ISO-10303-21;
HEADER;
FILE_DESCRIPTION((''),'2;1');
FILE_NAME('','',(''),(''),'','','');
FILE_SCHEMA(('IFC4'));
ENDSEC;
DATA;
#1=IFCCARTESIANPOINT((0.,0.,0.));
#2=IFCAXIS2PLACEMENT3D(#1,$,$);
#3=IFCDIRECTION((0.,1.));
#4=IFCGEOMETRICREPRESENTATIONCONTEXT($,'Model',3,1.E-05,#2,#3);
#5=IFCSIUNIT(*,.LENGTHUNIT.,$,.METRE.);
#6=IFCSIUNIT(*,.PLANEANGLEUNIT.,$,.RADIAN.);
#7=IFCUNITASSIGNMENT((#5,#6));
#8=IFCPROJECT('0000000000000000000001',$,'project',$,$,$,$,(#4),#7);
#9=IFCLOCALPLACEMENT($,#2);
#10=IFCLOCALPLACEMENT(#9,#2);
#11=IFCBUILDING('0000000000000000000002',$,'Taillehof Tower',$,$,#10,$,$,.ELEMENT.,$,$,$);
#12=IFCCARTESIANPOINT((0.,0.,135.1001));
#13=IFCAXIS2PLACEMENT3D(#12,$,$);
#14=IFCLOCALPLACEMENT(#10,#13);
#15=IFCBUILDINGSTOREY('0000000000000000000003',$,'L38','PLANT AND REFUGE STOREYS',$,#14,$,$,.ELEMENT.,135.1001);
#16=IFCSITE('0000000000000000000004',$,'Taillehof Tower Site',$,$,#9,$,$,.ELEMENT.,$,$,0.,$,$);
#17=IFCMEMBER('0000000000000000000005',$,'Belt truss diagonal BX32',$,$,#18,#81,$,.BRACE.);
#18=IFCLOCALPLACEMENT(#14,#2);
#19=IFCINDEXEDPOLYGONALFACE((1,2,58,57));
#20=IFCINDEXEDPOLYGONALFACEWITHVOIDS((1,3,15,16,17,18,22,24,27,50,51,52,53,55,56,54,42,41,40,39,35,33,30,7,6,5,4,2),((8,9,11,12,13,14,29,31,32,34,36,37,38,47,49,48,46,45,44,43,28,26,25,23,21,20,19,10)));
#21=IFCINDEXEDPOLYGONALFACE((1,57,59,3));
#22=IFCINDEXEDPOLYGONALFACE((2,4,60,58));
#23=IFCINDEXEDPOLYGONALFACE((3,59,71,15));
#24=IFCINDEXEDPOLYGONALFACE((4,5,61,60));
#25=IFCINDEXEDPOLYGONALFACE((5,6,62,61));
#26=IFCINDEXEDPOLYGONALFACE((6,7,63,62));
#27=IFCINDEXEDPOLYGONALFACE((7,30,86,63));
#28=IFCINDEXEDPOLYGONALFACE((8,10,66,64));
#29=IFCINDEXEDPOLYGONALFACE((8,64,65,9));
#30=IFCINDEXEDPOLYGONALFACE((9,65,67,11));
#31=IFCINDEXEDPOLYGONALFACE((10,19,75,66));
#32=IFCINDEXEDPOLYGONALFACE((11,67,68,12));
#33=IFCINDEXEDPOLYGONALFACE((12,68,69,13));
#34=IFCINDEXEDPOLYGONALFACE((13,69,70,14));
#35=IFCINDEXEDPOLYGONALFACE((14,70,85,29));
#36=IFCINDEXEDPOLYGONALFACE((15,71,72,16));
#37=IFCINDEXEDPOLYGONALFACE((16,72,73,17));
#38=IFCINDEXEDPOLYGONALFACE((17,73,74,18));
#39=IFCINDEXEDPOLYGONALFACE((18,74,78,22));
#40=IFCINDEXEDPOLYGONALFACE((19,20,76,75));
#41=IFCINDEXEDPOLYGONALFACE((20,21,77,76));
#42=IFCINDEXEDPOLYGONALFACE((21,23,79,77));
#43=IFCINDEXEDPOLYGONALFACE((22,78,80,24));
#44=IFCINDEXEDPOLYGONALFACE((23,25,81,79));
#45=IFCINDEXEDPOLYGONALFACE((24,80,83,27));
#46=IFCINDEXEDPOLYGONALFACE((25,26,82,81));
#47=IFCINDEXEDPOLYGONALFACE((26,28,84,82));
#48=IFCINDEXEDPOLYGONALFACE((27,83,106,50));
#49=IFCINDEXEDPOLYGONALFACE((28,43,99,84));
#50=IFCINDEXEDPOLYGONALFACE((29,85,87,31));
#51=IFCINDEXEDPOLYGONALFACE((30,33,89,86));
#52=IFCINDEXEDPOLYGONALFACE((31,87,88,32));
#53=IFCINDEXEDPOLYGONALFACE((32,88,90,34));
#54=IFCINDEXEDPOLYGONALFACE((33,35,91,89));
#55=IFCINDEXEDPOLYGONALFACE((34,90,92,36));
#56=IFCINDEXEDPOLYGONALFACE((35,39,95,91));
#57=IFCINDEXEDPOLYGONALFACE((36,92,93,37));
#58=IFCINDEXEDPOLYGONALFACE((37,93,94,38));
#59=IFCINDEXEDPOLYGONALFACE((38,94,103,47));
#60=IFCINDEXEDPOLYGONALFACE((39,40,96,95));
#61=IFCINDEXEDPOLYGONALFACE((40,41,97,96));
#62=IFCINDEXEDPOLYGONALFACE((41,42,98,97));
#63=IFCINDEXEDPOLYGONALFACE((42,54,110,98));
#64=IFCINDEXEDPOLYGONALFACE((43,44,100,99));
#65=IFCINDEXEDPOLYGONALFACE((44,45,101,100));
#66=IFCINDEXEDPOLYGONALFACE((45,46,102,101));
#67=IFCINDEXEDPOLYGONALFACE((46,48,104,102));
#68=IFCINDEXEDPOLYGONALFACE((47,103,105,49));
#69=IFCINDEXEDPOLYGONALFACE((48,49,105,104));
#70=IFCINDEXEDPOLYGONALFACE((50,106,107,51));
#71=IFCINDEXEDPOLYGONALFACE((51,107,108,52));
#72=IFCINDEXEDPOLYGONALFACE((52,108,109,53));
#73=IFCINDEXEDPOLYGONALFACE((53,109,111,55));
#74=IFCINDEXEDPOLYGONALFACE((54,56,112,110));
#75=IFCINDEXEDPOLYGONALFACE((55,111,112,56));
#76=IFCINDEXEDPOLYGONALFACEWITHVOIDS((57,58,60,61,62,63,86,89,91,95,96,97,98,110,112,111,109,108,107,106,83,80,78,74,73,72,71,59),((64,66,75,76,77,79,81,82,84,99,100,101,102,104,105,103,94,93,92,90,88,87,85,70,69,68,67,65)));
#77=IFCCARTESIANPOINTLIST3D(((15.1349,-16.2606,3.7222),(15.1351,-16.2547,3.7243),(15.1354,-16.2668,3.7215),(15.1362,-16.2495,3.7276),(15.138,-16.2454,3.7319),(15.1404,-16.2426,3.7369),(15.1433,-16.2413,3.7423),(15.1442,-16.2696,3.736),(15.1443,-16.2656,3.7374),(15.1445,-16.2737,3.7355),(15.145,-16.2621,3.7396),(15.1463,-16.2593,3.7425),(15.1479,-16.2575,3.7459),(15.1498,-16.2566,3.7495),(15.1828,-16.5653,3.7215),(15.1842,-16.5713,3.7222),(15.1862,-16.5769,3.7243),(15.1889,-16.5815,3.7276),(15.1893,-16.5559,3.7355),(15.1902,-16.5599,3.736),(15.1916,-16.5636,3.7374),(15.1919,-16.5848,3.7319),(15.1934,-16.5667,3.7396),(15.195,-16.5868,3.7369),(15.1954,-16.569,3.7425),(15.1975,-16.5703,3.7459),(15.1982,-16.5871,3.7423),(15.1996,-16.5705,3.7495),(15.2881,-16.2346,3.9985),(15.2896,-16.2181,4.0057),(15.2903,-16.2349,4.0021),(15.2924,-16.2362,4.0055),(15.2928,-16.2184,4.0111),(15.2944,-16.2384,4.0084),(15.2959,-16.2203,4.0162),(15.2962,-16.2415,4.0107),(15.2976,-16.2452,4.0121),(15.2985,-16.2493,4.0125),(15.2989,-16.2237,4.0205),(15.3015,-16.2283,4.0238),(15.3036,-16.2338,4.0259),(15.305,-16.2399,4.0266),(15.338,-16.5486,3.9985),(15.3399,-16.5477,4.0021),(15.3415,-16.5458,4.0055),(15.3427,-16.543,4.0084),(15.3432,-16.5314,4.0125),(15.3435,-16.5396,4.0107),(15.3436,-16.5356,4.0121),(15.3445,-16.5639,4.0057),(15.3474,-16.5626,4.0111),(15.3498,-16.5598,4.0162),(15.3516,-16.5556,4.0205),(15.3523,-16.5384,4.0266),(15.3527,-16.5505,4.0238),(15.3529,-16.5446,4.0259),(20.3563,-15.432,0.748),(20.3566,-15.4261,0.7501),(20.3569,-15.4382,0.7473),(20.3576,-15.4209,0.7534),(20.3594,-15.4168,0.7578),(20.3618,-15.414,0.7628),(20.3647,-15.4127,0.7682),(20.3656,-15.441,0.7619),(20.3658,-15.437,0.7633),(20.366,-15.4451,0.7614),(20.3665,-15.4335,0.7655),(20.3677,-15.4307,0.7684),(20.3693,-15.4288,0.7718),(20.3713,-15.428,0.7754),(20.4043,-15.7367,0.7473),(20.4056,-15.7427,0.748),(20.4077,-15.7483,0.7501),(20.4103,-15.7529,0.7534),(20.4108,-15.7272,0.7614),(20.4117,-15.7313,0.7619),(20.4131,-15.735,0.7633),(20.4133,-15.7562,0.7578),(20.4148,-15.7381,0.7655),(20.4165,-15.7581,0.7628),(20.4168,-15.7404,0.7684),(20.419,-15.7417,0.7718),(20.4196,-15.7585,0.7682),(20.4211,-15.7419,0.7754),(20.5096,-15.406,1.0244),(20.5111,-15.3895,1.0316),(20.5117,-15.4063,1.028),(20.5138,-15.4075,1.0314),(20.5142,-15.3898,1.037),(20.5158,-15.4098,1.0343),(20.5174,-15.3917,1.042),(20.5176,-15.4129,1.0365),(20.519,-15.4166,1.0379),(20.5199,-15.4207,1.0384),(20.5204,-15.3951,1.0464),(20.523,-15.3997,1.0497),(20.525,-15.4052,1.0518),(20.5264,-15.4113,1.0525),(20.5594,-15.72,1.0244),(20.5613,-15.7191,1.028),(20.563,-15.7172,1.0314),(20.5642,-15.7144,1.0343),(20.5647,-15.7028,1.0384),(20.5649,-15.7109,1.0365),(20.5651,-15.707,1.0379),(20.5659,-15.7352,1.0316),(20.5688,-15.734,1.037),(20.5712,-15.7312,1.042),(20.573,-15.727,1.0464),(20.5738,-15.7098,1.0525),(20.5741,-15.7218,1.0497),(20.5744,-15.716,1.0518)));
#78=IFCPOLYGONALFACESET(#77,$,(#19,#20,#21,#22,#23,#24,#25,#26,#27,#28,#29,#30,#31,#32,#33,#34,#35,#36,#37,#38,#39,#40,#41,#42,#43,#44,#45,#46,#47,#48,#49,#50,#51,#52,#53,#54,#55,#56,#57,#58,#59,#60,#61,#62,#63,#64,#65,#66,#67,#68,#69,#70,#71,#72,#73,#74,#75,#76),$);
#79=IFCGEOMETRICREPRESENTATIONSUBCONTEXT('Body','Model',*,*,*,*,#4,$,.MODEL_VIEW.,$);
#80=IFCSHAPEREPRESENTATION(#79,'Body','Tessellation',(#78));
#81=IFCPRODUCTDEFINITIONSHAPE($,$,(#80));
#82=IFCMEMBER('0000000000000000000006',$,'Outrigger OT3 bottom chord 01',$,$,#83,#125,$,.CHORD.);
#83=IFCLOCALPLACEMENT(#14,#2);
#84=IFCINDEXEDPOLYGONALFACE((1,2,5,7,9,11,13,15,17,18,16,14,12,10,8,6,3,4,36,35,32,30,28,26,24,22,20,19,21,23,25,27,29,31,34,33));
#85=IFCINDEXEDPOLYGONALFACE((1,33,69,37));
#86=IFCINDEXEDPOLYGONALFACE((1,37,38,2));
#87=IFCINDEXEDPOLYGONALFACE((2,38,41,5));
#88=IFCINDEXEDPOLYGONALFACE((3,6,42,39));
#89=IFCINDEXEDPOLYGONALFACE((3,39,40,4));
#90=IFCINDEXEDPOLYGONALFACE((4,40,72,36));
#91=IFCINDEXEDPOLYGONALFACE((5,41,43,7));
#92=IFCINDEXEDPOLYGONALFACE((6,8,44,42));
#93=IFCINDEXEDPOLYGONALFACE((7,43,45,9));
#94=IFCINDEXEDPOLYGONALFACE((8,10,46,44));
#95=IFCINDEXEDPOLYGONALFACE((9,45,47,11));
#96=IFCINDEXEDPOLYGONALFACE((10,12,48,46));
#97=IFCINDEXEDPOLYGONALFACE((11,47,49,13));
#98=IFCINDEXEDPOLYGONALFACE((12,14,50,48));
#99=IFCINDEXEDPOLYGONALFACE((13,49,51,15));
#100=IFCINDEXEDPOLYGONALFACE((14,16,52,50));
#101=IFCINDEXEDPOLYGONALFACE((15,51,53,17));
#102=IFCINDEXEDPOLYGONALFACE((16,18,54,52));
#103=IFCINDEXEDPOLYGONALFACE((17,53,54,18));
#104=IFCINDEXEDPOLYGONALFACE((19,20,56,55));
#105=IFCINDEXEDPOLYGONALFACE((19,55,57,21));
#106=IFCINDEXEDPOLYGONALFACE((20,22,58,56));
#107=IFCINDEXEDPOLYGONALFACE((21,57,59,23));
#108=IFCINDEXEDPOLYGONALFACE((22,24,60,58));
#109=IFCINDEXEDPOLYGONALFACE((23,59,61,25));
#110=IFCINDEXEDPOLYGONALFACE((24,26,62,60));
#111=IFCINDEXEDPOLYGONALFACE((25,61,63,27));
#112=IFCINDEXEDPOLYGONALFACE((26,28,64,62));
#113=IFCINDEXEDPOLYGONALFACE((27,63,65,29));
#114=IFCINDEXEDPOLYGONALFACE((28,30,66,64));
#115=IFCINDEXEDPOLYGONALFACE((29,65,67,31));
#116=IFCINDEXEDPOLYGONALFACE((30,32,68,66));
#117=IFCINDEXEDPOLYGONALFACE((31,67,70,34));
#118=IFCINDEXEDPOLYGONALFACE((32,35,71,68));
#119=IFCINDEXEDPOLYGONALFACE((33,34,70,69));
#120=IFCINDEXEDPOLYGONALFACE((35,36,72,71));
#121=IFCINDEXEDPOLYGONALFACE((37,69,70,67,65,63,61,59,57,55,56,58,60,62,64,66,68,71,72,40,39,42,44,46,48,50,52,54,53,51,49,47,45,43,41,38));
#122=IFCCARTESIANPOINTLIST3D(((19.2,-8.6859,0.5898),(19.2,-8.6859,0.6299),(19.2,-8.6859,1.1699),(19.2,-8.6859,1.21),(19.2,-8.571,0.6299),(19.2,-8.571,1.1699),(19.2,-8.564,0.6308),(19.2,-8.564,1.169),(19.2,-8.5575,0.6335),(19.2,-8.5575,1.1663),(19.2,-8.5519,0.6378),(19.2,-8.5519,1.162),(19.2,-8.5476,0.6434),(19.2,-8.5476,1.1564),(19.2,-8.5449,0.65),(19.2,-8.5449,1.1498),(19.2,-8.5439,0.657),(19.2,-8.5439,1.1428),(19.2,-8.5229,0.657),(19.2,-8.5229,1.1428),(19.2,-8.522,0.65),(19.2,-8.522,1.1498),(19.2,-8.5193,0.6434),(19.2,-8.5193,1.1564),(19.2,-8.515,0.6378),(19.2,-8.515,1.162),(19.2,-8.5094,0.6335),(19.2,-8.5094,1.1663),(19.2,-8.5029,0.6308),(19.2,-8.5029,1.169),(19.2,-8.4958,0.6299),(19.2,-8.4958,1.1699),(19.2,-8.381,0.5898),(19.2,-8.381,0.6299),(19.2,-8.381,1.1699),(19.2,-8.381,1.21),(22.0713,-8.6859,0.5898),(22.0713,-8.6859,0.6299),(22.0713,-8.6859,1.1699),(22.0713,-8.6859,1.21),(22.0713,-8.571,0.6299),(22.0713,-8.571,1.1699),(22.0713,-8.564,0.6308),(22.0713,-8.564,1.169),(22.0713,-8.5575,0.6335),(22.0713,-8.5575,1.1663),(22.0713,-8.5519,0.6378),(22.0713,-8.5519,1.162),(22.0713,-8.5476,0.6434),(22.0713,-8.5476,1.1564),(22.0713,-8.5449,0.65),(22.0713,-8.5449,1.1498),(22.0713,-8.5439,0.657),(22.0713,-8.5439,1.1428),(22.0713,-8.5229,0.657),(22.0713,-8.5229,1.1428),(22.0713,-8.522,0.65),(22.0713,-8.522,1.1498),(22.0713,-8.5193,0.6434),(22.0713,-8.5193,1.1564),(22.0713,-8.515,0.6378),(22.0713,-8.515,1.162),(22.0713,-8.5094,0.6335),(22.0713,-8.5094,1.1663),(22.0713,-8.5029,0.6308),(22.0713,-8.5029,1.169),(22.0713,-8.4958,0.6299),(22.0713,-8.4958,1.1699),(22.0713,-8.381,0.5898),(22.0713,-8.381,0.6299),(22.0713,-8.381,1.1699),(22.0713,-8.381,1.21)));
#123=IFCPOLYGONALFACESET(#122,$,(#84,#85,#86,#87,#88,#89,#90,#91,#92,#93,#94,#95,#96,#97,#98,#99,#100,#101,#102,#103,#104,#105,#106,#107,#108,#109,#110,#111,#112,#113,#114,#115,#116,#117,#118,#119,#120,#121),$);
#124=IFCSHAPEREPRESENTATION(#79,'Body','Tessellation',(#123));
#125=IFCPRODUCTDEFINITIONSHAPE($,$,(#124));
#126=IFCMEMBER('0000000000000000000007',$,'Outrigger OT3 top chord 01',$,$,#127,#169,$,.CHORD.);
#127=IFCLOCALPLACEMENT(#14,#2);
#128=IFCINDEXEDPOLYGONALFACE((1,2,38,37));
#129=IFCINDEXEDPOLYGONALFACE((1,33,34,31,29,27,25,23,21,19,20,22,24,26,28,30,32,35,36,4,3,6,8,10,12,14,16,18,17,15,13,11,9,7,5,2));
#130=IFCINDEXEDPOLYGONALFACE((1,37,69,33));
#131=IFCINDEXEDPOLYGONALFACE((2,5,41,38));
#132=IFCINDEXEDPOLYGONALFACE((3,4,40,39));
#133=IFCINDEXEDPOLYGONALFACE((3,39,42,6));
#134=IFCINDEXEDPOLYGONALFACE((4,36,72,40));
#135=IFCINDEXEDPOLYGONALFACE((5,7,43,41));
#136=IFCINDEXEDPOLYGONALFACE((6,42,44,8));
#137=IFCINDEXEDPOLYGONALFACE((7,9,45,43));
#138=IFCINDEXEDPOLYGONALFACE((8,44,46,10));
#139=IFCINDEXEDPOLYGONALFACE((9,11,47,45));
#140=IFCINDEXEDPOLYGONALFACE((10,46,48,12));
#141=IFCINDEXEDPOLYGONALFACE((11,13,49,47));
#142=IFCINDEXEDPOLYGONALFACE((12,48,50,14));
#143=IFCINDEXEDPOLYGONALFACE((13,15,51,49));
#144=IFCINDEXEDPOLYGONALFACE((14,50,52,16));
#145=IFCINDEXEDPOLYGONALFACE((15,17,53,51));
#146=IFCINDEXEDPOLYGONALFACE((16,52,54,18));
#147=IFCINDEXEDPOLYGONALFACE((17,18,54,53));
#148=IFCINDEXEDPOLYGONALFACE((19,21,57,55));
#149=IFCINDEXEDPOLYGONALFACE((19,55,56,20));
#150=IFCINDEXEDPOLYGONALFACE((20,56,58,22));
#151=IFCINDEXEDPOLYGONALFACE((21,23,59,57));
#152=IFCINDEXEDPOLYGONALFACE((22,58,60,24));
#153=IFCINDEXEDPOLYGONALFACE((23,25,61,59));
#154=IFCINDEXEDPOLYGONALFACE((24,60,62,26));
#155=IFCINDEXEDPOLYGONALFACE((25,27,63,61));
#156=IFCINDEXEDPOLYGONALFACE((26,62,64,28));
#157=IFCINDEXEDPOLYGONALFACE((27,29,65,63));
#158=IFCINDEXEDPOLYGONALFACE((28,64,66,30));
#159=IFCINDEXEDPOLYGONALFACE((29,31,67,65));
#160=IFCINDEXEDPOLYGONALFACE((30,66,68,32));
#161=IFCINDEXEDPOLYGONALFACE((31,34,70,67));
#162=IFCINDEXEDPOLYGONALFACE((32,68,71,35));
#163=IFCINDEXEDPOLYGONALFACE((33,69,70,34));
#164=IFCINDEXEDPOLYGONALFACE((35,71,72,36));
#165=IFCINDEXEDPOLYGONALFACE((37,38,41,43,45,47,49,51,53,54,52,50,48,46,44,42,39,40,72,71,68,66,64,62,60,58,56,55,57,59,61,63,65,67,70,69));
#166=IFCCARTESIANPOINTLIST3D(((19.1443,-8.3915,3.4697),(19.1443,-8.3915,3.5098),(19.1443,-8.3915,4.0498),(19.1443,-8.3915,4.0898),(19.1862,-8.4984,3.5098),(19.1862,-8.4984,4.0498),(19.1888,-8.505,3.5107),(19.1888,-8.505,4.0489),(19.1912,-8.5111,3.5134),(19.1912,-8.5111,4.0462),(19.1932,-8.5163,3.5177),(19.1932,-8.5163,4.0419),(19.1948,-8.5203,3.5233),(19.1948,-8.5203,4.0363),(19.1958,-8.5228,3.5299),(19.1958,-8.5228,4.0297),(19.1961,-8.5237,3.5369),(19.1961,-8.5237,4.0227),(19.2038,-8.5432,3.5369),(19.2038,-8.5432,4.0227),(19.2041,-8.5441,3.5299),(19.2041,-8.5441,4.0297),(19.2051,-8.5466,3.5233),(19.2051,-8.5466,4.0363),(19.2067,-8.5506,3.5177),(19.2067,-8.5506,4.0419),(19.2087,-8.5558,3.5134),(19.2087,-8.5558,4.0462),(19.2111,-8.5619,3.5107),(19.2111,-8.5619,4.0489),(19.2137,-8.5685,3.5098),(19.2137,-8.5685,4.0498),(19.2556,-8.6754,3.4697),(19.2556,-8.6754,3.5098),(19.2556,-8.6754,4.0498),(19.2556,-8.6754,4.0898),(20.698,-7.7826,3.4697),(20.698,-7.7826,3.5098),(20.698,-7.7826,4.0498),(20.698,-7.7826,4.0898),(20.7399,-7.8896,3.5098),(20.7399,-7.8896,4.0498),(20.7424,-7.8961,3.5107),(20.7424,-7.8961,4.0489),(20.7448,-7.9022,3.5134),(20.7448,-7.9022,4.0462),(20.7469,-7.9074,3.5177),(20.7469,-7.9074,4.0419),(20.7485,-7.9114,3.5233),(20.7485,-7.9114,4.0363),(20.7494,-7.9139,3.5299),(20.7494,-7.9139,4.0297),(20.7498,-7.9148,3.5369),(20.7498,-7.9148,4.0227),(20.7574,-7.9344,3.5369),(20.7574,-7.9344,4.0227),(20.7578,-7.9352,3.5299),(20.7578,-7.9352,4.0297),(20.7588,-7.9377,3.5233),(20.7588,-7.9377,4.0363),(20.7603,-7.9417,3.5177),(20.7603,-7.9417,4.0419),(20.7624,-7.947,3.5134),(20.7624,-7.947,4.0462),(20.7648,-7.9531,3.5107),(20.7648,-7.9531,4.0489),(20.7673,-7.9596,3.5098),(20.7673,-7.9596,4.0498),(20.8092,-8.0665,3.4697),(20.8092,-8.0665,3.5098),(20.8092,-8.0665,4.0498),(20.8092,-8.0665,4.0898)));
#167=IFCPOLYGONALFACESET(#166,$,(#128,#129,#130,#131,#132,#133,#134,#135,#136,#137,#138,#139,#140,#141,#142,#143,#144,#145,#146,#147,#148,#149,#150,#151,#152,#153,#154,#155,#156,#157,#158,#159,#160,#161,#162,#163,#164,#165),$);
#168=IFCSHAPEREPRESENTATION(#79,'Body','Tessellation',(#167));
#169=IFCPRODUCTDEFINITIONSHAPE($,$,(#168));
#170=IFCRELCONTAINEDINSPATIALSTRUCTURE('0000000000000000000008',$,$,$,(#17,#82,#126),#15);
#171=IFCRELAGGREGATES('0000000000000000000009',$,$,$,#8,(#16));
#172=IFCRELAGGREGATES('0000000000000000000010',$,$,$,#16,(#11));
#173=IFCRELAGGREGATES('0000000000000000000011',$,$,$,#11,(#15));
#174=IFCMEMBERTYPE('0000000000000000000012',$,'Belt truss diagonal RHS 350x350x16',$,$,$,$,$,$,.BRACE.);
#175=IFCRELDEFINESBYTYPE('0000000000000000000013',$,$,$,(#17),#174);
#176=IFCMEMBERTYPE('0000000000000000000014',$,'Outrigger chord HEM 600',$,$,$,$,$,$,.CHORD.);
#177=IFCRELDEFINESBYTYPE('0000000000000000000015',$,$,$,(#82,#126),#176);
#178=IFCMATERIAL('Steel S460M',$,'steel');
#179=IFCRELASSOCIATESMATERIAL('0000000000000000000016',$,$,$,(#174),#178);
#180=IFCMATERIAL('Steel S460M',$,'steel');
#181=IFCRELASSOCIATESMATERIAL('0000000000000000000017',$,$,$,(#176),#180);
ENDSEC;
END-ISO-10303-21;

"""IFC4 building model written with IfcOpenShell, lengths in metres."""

from ifc_helpers import new_model, si_unit, direction, frame, origin, origin_2d, place, context, subcontext, project, spatial, hollow_rectangle, i_section, extrude, material, material_profile, profile_set, type_object, element, save


model = new_model("IFC4")

# Units and contexts
model_context = context("Model", 3, precision=1e-05, world=origin(), true_north=direction((0.0, 1.0)))
body_context = subcontext(model_context, "Body", "Model", "MODEL_VIEW")
ifc_project = project(units=[si_unit("LENGTHUNIT", "METRE"), si_unit("PLANEANGLEUNIT", "RADIAN")], contexts=[model_context])

# Site, building, storey
site_placement = place(None, origin())
site = spatial("IfcSite", under=ifc_project, at=site_placement, Name="Taillehof Tower Site", CompositionType="ELEMENT", RefElevation=0.0)
building_placement = place(site_placement, origin())
building = spatial("IfcBuilding", under=site, at=building_placement, Name="Taillehof Tower", CompositionType="ELEMENT")
storey_placement = place(building_placement, frame((0.0, 0.0, 135.1001)))
storey = spatial("IfcBuildingStorey", under=building, at=storey_placement, Name="L38", Description="PLANT AND REFUGE STOREYS", CompositionType="ELEMENT", Elevation=135.1001)

# Members
ifc_material_1 = material(Name="Steel S460M", Category="steel")
ifc_material_profile_1 = material_profile(ifc_material_1, hollow_rectangle(XDim=0.3501, YDim=0.3501, WallThickness=0.0161, InnerFilletRadius=0.0161, OuterFilletRadius=0.0239, at=origin_2d()), Name="RHS 350x350x16")
ifc_profile_set_1 = profile_set([ifc_material_profile_1], Name="Steel S460M")
member_type_1 = type_object("IfcMemberType", Name="Belt truss diagonal RHS 350x350x16", PredefinedType="BRACE", material=ifc_profile_set_1)
member_1_placement = place(storey_placement, frame((15.2439, -16.4026, 3.874), z_axis=(0.860782, 0.136601, -0.4903), x_axis=(-0.156733, 0.987641, 0.0)))
element("IfcMember", 1, at=member_1_placement, inside=storey, type_object=member_type_1, Name="Belt truss diagonal BX32", PredefinedType="BRACE", context=body_context, shape_type="SweptSolid", body=[
    extrude(hollow_rectangle(XDim=0.3501, YDim=0.3501, WallThickness=0.0161, InnerFilletRadius=0.0161, OuterFilletRadius=0.0239, at=origin_2d()), origin(), (0.0, 0.0, 1.0), 6.0659),
])
ifc_material_2 = material(Name="Steel S460M", Category="steel")
ifc_material_profile_2 = material_profile(ifc_material_2, i_section(OverallWidth=0.3049, OverallDepth=0.6201, WebThickness=0.021, FlangeThickness=0.04, FilletRadius=0.0271, at=origin_2d()), Name="HEM 600")
ifc_profile_set_2 = profile_set([ifc_material_profile_2], Name="Steel S460M")
member_type_2 = type_object("IfcMemberType", Name="Outrigger chord HEM 600", PredefinedType="CHORD", material=ifc_profile_set_2)
member_2_placement = place(storey_placement, frame((19.2, -8.5334, 0.8999), z_axis=(1.0, 0.0, 0.0), x_axis=(0.0, 1.0, 0.0)))
element("IfcMember", 2, at=member_2_placement, inside=storey, type_object=member_type_2, Name="Outrigger OT3 bottom chord 01", PredefinedType="CHORD", context=body_context, shape_type="SweptSolid", body=[
    extrude(i_section(OverallWidth=0.3049, OverallDepth=0.6201, WebThickness=0.021, FlangeThickness=0.04, FilletRadius=0.0271, at=origin_2d()), origin(), (0.0, 0.0, 1.0), 2.8713),
])
member_3_placement = place(storey_placement, frame((19.2, -8.5334, 3.7798), z_axis=(0.931057, 0.364874, 0.0), x_axis=(-0.364874, 0.931057, 0.0)))
element("IfcMember", 3, at=member_3_placement, inside=storey, type_object=member_type_2, Name="Outrigger OT3 top chord 01", PredefinedType="CHORD", context=body_context, shape_type="SweptSolid", body=[
    extrude(i_section(OverallWidth=0.3049, OverallDepth=0.6201, WebThickness=0.021, FlangeThickness=0.04, FilletRadius=0.0271, at=origin_2d()), origin(), (0.0, 0.0, 1.0), 1.6687),
])

save(model, "model.ifc")
